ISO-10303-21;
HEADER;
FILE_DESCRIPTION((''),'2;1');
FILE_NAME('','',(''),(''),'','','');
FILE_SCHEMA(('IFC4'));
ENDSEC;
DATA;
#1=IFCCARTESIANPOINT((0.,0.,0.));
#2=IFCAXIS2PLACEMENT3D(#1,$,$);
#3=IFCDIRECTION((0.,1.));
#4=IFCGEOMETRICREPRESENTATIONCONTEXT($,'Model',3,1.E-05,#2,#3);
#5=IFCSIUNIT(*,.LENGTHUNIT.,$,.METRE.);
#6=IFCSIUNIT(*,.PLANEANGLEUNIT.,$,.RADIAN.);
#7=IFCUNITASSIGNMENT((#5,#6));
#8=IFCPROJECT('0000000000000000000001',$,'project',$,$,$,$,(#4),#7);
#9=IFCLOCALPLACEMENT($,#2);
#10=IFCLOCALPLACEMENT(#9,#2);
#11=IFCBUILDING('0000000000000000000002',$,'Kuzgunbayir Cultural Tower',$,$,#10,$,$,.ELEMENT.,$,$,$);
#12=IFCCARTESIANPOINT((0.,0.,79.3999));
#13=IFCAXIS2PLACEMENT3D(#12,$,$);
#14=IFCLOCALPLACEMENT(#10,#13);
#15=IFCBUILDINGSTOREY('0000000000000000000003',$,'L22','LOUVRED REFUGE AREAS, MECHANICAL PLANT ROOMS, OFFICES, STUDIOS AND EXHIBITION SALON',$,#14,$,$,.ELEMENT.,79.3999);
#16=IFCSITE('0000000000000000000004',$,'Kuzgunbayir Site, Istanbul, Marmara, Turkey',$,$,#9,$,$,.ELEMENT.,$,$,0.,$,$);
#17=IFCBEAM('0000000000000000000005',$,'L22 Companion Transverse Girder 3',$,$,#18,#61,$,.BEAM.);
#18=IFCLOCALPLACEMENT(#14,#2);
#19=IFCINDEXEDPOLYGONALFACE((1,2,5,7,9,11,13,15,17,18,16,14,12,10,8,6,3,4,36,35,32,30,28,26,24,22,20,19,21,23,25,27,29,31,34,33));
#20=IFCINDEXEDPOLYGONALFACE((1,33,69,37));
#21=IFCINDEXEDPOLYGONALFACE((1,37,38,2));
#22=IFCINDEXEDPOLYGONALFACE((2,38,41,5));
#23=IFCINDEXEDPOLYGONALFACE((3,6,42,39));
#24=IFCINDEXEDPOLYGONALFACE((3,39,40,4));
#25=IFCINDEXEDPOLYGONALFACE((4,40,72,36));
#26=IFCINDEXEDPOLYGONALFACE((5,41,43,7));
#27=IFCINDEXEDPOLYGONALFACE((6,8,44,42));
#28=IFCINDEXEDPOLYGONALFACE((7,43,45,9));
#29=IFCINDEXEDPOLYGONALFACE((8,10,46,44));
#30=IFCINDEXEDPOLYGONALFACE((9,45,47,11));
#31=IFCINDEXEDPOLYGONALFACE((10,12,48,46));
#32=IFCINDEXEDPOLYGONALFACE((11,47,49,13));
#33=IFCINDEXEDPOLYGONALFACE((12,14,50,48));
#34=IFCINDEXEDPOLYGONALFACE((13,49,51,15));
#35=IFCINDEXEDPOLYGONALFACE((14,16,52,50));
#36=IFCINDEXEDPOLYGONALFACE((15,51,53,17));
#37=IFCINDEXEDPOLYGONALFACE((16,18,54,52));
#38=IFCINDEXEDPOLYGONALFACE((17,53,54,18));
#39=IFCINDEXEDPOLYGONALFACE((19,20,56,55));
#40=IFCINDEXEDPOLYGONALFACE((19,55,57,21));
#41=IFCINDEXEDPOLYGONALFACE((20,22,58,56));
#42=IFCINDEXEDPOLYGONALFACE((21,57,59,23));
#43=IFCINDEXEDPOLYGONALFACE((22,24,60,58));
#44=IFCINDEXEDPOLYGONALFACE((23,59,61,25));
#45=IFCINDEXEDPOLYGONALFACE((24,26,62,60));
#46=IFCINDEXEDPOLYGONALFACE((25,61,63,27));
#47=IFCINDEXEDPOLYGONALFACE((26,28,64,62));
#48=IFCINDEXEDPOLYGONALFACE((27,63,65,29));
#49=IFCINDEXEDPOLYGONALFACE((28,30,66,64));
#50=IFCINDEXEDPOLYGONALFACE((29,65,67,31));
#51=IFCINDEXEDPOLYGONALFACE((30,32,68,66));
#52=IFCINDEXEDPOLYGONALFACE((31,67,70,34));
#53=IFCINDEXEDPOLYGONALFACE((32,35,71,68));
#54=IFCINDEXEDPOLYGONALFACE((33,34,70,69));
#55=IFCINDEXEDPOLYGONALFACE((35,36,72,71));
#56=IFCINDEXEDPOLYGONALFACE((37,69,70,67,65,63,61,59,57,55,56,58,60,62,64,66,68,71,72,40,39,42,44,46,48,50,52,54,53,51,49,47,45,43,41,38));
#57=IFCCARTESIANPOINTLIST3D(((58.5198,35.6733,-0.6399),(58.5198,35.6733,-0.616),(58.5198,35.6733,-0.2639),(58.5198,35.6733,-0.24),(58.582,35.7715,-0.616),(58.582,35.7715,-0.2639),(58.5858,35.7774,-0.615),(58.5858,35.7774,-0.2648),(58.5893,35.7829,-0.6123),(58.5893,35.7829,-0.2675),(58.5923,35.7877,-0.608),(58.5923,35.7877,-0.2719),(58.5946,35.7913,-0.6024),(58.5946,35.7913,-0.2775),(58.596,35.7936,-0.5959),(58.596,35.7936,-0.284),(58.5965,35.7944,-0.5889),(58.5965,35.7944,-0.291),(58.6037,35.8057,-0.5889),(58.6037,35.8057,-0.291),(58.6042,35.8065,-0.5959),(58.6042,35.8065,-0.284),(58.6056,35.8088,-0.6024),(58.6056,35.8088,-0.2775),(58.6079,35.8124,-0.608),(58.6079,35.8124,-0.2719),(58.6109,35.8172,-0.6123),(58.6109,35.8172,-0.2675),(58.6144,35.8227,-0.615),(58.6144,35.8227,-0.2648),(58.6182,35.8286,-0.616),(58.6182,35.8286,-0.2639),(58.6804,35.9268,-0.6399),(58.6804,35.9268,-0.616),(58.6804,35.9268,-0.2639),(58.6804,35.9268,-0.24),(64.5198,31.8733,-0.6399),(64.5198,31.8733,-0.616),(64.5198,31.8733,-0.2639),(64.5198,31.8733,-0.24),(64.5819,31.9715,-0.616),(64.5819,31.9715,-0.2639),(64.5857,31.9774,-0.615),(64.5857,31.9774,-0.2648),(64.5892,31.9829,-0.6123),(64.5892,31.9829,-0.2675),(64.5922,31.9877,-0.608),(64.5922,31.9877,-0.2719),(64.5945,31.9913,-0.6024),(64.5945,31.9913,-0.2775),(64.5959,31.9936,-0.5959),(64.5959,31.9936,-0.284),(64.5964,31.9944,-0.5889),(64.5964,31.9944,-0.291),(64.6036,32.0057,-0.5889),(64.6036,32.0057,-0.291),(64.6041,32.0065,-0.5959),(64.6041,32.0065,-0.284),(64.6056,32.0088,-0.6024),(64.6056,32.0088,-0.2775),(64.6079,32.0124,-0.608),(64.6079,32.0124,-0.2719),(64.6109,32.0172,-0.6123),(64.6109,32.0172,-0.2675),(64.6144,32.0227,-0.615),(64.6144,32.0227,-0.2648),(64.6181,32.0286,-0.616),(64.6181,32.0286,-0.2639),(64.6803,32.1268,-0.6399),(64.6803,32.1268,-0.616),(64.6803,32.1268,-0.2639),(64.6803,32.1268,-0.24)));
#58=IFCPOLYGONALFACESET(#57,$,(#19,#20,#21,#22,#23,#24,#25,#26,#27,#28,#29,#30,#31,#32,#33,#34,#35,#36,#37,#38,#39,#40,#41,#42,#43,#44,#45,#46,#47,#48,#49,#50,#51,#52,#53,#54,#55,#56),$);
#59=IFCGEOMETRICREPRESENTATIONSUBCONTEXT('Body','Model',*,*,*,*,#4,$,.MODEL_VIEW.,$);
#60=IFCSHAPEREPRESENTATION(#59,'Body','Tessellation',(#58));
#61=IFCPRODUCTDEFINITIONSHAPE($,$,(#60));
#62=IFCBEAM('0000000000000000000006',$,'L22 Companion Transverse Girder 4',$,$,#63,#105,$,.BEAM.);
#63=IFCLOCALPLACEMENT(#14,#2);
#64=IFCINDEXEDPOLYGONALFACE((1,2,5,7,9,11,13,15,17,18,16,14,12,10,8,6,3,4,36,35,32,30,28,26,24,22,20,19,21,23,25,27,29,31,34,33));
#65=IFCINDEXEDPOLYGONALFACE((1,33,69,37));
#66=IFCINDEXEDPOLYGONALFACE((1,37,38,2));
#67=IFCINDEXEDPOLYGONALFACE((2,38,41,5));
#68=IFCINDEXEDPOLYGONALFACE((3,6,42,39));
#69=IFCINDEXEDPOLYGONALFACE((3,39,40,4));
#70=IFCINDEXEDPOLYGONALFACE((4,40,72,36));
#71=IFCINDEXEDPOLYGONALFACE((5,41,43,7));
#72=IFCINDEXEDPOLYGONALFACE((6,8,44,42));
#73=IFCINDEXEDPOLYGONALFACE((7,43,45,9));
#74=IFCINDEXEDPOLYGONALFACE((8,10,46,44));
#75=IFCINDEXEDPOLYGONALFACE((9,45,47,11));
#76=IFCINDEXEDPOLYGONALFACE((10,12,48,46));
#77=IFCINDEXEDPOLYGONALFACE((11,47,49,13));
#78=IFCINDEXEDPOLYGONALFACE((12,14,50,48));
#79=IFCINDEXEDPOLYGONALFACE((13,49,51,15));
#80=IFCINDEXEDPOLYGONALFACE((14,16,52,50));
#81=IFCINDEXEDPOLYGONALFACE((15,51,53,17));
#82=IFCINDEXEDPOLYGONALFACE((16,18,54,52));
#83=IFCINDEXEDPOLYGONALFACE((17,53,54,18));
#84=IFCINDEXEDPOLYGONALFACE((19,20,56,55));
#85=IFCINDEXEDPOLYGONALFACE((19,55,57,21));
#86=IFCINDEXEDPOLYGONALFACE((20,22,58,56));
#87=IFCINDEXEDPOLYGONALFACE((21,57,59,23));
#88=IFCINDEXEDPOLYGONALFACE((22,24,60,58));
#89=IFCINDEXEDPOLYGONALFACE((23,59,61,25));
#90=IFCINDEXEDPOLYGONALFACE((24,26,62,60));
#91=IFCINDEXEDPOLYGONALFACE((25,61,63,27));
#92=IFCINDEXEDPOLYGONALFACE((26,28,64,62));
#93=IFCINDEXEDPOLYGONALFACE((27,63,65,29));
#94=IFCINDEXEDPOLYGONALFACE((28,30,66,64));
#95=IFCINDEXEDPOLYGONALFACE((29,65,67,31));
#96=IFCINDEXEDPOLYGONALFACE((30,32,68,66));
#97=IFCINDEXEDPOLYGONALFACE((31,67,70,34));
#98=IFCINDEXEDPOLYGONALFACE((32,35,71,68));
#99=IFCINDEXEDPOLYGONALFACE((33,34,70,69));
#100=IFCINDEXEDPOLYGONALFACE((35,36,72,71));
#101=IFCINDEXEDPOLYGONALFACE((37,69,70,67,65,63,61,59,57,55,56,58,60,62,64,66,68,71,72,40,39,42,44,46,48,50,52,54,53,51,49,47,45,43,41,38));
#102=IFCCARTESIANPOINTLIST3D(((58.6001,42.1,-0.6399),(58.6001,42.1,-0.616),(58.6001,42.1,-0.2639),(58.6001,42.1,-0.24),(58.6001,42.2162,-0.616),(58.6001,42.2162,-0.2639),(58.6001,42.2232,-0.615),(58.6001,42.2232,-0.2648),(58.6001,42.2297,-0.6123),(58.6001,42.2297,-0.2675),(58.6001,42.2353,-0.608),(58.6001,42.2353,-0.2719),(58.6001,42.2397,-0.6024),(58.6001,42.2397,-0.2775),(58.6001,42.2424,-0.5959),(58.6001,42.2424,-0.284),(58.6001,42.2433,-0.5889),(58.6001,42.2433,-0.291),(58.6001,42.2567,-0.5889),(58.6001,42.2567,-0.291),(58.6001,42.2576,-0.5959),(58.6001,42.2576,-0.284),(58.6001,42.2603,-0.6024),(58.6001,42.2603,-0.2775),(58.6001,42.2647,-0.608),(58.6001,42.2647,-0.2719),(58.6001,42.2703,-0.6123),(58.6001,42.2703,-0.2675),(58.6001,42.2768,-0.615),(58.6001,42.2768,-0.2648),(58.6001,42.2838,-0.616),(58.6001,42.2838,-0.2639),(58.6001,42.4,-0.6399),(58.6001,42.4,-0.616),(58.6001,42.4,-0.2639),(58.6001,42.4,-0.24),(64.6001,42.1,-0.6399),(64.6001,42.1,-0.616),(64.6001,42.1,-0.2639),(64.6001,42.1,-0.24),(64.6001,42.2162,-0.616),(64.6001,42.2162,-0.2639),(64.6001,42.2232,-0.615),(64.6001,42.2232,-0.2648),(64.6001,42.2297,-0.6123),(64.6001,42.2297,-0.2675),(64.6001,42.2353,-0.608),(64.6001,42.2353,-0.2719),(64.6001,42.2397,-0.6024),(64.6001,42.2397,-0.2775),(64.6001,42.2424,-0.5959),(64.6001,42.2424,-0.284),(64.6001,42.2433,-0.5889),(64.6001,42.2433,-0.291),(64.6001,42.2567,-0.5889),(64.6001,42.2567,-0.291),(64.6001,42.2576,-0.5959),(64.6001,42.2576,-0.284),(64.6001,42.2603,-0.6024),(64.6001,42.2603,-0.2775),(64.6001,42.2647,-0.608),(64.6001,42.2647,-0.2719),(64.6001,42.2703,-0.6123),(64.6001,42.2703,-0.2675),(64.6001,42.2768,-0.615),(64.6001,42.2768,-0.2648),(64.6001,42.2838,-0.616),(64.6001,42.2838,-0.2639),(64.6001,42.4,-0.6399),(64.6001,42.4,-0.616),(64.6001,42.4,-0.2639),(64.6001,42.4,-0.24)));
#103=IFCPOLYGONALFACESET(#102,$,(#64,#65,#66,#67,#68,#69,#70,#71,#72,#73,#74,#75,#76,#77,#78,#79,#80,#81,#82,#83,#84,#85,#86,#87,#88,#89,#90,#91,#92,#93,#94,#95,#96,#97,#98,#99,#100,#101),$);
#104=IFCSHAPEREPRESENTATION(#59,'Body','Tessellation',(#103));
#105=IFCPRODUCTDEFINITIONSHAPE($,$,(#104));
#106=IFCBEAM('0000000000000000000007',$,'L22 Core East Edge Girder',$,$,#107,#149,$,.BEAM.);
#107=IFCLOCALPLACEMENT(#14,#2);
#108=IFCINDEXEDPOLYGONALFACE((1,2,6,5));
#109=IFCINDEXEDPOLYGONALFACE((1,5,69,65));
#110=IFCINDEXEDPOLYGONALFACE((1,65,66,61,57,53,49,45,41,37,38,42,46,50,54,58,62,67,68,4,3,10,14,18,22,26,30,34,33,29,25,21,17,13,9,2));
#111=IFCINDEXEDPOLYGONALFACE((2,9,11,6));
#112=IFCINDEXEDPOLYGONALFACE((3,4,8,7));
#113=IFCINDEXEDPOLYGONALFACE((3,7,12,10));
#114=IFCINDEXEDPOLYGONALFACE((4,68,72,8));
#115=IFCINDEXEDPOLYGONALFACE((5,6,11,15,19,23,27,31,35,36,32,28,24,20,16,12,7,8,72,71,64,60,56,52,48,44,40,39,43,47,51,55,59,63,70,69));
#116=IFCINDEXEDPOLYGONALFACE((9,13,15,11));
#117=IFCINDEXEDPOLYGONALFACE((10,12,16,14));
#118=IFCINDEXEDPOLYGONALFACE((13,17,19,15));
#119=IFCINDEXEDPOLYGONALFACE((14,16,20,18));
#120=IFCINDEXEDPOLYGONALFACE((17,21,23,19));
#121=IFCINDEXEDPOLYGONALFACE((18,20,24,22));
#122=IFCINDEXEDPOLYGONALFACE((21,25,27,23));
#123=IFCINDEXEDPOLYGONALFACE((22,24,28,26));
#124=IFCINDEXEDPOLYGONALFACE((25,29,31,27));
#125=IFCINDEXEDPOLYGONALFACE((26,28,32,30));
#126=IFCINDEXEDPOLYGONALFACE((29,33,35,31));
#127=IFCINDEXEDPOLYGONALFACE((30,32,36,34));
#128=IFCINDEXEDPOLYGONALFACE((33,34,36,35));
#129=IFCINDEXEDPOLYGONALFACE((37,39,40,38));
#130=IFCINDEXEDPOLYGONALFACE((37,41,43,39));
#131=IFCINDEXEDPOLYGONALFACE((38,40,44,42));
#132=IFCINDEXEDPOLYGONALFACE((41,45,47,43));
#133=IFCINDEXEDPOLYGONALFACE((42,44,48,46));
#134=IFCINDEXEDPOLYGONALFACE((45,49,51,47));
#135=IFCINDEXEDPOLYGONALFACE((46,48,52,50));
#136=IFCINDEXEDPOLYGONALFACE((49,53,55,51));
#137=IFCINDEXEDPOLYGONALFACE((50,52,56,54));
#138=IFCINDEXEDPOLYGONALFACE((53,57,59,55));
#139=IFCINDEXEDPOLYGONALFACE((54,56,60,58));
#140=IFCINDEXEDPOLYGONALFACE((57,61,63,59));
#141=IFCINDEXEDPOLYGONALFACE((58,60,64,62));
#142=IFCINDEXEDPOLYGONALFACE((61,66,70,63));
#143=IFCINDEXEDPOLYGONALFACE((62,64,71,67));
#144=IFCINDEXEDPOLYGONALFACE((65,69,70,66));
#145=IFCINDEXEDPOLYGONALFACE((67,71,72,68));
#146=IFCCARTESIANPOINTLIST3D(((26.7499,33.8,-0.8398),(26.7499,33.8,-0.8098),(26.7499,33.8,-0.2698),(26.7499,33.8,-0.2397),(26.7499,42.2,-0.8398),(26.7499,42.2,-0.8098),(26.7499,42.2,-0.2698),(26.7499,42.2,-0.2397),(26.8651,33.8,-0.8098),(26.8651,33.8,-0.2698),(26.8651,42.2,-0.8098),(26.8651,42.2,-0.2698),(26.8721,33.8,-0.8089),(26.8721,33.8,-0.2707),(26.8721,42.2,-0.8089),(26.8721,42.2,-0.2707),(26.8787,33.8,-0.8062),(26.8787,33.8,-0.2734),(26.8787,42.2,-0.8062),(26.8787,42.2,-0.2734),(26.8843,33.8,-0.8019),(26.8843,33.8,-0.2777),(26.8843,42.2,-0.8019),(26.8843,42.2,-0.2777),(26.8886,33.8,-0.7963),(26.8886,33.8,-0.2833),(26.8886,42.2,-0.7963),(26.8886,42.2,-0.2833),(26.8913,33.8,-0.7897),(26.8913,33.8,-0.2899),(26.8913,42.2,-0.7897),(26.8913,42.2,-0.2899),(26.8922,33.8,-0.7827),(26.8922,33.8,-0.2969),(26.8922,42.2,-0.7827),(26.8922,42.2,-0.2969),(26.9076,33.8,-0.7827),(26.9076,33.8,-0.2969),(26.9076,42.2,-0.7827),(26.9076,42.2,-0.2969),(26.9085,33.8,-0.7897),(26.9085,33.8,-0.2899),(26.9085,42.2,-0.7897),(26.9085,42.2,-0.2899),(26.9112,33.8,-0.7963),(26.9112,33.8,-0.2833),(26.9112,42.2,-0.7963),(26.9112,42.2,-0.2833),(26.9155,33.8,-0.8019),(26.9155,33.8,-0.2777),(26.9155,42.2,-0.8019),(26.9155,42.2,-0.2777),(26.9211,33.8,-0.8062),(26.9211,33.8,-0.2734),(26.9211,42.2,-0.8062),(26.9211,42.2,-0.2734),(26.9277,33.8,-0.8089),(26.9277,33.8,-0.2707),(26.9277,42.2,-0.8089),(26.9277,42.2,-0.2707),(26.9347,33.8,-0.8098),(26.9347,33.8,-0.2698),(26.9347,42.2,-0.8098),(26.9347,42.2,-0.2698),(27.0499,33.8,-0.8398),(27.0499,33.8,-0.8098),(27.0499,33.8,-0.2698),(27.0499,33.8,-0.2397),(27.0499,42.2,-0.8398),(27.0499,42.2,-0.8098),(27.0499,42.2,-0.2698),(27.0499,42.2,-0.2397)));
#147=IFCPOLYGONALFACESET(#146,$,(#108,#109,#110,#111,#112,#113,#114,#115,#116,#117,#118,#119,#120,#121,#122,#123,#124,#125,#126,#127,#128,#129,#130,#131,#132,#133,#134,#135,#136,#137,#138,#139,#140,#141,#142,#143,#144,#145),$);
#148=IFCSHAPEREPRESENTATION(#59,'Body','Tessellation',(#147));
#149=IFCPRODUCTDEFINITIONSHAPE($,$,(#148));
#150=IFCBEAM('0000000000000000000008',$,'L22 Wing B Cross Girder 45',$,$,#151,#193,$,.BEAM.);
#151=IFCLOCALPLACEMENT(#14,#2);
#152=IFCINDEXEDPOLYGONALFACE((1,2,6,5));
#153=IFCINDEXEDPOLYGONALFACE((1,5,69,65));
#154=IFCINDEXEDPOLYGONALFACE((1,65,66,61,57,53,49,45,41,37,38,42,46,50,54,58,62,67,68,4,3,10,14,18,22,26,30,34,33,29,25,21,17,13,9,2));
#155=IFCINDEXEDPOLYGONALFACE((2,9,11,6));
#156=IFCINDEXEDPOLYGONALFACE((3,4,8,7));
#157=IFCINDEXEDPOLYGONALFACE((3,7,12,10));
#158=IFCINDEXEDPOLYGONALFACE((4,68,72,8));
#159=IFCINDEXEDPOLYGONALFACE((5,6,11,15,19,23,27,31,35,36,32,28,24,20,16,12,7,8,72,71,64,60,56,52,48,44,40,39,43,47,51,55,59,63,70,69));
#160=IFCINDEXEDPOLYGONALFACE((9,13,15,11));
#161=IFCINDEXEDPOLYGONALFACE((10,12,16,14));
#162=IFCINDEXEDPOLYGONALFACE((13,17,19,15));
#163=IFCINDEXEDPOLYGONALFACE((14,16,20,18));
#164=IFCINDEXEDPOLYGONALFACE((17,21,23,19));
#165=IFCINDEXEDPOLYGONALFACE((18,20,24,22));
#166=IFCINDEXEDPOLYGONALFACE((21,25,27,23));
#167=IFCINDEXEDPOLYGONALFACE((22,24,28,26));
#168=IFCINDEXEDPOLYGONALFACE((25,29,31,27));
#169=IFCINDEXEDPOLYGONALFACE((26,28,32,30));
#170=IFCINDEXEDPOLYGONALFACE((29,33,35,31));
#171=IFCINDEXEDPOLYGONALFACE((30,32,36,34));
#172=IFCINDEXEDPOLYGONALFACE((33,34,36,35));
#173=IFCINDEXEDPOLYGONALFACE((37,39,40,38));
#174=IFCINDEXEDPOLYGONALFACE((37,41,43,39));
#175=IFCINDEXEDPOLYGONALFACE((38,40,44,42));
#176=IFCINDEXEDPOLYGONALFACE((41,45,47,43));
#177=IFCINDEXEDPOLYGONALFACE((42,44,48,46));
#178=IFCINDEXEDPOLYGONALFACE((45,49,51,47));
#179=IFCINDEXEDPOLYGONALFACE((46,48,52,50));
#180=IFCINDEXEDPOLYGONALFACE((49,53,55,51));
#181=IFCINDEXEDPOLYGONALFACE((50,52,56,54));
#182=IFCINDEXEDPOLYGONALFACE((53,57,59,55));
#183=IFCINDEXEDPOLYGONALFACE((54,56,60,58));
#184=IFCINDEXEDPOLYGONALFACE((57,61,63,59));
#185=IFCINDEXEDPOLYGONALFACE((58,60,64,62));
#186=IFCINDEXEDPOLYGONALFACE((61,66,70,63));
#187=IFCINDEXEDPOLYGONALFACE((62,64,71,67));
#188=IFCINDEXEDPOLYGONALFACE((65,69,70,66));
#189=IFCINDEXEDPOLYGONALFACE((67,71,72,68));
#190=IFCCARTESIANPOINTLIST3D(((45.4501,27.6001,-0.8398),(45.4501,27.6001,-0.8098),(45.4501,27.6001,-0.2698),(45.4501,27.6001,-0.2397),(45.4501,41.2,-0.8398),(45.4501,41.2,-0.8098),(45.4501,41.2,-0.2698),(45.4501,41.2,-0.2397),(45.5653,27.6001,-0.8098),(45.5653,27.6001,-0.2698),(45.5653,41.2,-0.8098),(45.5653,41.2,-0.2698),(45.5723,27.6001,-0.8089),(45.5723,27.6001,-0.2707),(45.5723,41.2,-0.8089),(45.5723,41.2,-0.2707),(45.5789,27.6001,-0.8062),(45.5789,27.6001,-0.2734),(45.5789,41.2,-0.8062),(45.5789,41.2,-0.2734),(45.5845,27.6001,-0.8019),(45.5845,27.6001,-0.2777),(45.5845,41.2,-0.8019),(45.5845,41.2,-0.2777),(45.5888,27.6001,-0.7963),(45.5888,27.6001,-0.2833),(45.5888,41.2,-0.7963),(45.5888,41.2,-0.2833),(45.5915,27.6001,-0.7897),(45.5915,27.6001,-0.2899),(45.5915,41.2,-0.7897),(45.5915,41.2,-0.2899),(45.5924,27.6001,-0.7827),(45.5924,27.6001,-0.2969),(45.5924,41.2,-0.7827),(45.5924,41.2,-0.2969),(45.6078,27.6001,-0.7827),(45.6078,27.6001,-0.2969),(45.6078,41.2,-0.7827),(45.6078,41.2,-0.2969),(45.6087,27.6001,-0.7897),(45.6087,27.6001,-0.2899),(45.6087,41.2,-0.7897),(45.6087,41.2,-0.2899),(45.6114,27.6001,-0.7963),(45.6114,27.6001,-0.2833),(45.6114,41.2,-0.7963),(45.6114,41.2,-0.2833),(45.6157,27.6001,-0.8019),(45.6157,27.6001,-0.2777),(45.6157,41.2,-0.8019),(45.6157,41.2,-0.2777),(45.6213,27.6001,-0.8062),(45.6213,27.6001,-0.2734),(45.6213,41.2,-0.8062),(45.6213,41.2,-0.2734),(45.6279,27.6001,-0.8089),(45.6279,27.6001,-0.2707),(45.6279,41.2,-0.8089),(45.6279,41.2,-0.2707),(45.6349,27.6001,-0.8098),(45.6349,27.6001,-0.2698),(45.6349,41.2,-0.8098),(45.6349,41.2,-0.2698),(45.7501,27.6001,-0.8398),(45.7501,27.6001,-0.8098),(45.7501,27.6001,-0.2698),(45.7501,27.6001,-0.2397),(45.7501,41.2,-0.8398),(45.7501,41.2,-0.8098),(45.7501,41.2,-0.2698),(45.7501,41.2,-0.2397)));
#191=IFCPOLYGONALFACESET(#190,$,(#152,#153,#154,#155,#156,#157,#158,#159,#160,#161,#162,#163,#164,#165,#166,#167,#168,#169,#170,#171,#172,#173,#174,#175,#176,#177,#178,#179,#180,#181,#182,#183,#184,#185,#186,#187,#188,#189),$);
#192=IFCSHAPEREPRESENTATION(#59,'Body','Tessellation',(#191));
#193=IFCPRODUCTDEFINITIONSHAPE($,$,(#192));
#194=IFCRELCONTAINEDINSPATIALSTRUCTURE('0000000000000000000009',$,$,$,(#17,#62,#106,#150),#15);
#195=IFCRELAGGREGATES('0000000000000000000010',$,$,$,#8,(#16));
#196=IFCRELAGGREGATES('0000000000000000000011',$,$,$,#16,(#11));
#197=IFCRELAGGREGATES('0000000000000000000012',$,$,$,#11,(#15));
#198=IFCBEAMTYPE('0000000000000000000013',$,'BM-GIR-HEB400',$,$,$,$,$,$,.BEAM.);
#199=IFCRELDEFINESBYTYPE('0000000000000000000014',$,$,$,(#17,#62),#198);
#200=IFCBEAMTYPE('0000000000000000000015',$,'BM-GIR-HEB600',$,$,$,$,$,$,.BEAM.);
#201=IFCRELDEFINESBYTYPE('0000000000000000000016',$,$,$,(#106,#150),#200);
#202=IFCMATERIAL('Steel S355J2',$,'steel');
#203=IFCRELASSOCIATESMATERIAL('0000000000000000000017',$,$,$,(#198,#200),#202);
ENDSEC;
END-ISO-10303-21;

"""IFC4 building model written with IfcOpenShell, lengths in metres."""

from ifc_helpers import new_model, si_unit, direction, frame, origin, origin_2d, place, context, subcontext, project, spatial, i_section, extrude, material, material_profile, profile_set, type_object, element, save


model = new_model("IFC4")

# Units and contexts
model_context = context("Model", 3, precision=1e-05, world=origin(), true_north=direction((0.0, 1.0)))
body_context = subcontext(model_context, "Body", "Model", "MODEL_VIEW")
ifc_project = project(units=[si_unit("LENGTHUNIT", "METRE"), si_unit("PLANEANGLEUNIT", "RADIAN")], contexts=[model_context])

# Site, building, storey
site_placement = place(None, origin())
site = spatial("IfcSite", under=ifc_project, at=site_placement, Name="Kuzgunbayir Site, Istanbul, Marmara, Turkey", CompositionType="ELEMENT", RefElevation=0.0)
building_placement = place(site_placement, origin())
building = spatial("IfcBuilding", under=site, at=building_placement, Name="Kuzgunbayir Cultural Tower", CompositionType="ELEMENT")
storey_placement = place(building_placement, frame((0.0, 0.0, 79.3999)))
storey = spatial("IfcBuildingStorey", under=building, at=storey_placement, Name="L22", Description="LOUVRED REFUGE AREAS, MECHANICAL PLANT ROOMS, OFFICES, STUDIOS AND EXHIBITION SALON", CompositionType="ELEMENT", Elevation=79.3999)

# Beams
ifc_material_1 = material(Name="Steel S355J2", Category="steel")
ifc_material_profile_1 = material_profile(ifc_material_1, i_section(OverallWidth=0.3, OverallDepth=0.3999, WebThickness=0.0134, FlangeThickness=0.0239, FilletRadius=0.0271, at=origin_2d()), Name="HEB 400")
ifc_profile_set_1 = profile_set([ifc_material_profile_1], Name="Steel S355J2")
beam_type_1 = type_object("IfcBeamType", Name="BM-GIR-HEB400", PredefinedType="BEAM", material=ifc_profile_set_1)
beam_1_placement = place(storey_placement, frame((58.6001, 35.8, -0.4399), z_axis=(0.844816, -0.535057, 0.0), x_axis=(0.535057, 0.844816, 0.0)))
element("IfcBeam", 1, at=beam_1_placement, inside=storey, type_object=beam_type_1, Name="L22 Companion Transverse Girder 3", PredefinedType="BEAM", context=body_context, shape_type="SweptSolid", body=[
    extrude(i_section(OverallWidth=0.3, OverallDepth=0.3999, WebThickness=0.0134, FlangeThickness=0.0239, FilletRadius=0.0271, at=origin_2d()), origin(), (0.0, 0.0, 1.0), 7.1021),
])
beam_2_placement = place(storey_placement, frame((58.6001, 42.25, -0.4399), z_axis=(1.0, 0.0, 0.0), x_axis=(0.0, 1.0, 0.0)))
element("IfcBeam", 2, at=beam_2_placement, inside=storey, type_object=beam_type_1, Name="L22 Companion Transverse Girder 4", PredefinedType="BEAM", context=body_context, shape_type="SweptSolid", body=[
    extrude(i_section(OverallWidth=0.3, OverallDepth=0.3999, WebThickness=0.0134, FlangeThickness=0.0239, FilletRadius=0.0271, at=origin_2d()), origin(), (0.0, 0.0, 1.0), 6.0),
])
ifc_material_profile_2 = material_profile(ifc_material_1, i_section(OverallWidth=0.3, OverallDepth=0.6001, WebThickness=0.0154, FlangeThickness=0.03, FilletRadius=0.0271, at=origin_2d()), Name="HEB 600")
ifc_profile_set_2 = profile_set([ifc_material_profile_2], Name="Steel S355J2")
beam_type_2 = type_object("IfcBeamType", Name="BM-GIR-HEB600", PredefinedType="BEAM", material=ifc_profile_set_2)
beam_3_placement = place(storey_placement, frame((26.8999, 33.8, -0.5398), z_axis=(0.0, 1.0, 0.0), x_axis=(-1.0, 0.0, 0.0)))
element("IfcBeam", 3, at=beam_3_placement, inside=storey, type_object=beam_type_2, Name="L22 Core East Edge Girder", PredefinedType="BEAM", context=body_context, shape_type="SweptSolid", body=[
    extrude(i_section(OverallWidth=0.3, OverallDepth=0.6001, WebThickness=0.0154, FlangeThickness=0.03, FilletRadius=0.0271, at=origin_2d()), origin(), (0.0, 0.0, 1.0), 8.3999),
])
beam_4_placement = place(storey_placement, frame((45.6001, 27.6001, -0.5398), z_axis=(0.0, 1.0, 0.0), x_axis=(-1.0, 0.0, 0.0)))
element("IfcBeam", 4, at=beam_4_placement, inside=storey, type_object=beam_type_2, Name="L22 Wing B Cross Girder 45", PredefinedType="BEAM", context=body_context, shape_type="SweptSolid", body=[
    extrude(i_section(OverallWidth=0.3, OverallDepth=0.6001, WebThickness=0.0154, FlangeThickness=0.03, FilletRadius=0.0271, at=origin_2d()), origin(), (0.0, 0.0, 1.0), 13.5999),
])

save(model, "model.ifc")
